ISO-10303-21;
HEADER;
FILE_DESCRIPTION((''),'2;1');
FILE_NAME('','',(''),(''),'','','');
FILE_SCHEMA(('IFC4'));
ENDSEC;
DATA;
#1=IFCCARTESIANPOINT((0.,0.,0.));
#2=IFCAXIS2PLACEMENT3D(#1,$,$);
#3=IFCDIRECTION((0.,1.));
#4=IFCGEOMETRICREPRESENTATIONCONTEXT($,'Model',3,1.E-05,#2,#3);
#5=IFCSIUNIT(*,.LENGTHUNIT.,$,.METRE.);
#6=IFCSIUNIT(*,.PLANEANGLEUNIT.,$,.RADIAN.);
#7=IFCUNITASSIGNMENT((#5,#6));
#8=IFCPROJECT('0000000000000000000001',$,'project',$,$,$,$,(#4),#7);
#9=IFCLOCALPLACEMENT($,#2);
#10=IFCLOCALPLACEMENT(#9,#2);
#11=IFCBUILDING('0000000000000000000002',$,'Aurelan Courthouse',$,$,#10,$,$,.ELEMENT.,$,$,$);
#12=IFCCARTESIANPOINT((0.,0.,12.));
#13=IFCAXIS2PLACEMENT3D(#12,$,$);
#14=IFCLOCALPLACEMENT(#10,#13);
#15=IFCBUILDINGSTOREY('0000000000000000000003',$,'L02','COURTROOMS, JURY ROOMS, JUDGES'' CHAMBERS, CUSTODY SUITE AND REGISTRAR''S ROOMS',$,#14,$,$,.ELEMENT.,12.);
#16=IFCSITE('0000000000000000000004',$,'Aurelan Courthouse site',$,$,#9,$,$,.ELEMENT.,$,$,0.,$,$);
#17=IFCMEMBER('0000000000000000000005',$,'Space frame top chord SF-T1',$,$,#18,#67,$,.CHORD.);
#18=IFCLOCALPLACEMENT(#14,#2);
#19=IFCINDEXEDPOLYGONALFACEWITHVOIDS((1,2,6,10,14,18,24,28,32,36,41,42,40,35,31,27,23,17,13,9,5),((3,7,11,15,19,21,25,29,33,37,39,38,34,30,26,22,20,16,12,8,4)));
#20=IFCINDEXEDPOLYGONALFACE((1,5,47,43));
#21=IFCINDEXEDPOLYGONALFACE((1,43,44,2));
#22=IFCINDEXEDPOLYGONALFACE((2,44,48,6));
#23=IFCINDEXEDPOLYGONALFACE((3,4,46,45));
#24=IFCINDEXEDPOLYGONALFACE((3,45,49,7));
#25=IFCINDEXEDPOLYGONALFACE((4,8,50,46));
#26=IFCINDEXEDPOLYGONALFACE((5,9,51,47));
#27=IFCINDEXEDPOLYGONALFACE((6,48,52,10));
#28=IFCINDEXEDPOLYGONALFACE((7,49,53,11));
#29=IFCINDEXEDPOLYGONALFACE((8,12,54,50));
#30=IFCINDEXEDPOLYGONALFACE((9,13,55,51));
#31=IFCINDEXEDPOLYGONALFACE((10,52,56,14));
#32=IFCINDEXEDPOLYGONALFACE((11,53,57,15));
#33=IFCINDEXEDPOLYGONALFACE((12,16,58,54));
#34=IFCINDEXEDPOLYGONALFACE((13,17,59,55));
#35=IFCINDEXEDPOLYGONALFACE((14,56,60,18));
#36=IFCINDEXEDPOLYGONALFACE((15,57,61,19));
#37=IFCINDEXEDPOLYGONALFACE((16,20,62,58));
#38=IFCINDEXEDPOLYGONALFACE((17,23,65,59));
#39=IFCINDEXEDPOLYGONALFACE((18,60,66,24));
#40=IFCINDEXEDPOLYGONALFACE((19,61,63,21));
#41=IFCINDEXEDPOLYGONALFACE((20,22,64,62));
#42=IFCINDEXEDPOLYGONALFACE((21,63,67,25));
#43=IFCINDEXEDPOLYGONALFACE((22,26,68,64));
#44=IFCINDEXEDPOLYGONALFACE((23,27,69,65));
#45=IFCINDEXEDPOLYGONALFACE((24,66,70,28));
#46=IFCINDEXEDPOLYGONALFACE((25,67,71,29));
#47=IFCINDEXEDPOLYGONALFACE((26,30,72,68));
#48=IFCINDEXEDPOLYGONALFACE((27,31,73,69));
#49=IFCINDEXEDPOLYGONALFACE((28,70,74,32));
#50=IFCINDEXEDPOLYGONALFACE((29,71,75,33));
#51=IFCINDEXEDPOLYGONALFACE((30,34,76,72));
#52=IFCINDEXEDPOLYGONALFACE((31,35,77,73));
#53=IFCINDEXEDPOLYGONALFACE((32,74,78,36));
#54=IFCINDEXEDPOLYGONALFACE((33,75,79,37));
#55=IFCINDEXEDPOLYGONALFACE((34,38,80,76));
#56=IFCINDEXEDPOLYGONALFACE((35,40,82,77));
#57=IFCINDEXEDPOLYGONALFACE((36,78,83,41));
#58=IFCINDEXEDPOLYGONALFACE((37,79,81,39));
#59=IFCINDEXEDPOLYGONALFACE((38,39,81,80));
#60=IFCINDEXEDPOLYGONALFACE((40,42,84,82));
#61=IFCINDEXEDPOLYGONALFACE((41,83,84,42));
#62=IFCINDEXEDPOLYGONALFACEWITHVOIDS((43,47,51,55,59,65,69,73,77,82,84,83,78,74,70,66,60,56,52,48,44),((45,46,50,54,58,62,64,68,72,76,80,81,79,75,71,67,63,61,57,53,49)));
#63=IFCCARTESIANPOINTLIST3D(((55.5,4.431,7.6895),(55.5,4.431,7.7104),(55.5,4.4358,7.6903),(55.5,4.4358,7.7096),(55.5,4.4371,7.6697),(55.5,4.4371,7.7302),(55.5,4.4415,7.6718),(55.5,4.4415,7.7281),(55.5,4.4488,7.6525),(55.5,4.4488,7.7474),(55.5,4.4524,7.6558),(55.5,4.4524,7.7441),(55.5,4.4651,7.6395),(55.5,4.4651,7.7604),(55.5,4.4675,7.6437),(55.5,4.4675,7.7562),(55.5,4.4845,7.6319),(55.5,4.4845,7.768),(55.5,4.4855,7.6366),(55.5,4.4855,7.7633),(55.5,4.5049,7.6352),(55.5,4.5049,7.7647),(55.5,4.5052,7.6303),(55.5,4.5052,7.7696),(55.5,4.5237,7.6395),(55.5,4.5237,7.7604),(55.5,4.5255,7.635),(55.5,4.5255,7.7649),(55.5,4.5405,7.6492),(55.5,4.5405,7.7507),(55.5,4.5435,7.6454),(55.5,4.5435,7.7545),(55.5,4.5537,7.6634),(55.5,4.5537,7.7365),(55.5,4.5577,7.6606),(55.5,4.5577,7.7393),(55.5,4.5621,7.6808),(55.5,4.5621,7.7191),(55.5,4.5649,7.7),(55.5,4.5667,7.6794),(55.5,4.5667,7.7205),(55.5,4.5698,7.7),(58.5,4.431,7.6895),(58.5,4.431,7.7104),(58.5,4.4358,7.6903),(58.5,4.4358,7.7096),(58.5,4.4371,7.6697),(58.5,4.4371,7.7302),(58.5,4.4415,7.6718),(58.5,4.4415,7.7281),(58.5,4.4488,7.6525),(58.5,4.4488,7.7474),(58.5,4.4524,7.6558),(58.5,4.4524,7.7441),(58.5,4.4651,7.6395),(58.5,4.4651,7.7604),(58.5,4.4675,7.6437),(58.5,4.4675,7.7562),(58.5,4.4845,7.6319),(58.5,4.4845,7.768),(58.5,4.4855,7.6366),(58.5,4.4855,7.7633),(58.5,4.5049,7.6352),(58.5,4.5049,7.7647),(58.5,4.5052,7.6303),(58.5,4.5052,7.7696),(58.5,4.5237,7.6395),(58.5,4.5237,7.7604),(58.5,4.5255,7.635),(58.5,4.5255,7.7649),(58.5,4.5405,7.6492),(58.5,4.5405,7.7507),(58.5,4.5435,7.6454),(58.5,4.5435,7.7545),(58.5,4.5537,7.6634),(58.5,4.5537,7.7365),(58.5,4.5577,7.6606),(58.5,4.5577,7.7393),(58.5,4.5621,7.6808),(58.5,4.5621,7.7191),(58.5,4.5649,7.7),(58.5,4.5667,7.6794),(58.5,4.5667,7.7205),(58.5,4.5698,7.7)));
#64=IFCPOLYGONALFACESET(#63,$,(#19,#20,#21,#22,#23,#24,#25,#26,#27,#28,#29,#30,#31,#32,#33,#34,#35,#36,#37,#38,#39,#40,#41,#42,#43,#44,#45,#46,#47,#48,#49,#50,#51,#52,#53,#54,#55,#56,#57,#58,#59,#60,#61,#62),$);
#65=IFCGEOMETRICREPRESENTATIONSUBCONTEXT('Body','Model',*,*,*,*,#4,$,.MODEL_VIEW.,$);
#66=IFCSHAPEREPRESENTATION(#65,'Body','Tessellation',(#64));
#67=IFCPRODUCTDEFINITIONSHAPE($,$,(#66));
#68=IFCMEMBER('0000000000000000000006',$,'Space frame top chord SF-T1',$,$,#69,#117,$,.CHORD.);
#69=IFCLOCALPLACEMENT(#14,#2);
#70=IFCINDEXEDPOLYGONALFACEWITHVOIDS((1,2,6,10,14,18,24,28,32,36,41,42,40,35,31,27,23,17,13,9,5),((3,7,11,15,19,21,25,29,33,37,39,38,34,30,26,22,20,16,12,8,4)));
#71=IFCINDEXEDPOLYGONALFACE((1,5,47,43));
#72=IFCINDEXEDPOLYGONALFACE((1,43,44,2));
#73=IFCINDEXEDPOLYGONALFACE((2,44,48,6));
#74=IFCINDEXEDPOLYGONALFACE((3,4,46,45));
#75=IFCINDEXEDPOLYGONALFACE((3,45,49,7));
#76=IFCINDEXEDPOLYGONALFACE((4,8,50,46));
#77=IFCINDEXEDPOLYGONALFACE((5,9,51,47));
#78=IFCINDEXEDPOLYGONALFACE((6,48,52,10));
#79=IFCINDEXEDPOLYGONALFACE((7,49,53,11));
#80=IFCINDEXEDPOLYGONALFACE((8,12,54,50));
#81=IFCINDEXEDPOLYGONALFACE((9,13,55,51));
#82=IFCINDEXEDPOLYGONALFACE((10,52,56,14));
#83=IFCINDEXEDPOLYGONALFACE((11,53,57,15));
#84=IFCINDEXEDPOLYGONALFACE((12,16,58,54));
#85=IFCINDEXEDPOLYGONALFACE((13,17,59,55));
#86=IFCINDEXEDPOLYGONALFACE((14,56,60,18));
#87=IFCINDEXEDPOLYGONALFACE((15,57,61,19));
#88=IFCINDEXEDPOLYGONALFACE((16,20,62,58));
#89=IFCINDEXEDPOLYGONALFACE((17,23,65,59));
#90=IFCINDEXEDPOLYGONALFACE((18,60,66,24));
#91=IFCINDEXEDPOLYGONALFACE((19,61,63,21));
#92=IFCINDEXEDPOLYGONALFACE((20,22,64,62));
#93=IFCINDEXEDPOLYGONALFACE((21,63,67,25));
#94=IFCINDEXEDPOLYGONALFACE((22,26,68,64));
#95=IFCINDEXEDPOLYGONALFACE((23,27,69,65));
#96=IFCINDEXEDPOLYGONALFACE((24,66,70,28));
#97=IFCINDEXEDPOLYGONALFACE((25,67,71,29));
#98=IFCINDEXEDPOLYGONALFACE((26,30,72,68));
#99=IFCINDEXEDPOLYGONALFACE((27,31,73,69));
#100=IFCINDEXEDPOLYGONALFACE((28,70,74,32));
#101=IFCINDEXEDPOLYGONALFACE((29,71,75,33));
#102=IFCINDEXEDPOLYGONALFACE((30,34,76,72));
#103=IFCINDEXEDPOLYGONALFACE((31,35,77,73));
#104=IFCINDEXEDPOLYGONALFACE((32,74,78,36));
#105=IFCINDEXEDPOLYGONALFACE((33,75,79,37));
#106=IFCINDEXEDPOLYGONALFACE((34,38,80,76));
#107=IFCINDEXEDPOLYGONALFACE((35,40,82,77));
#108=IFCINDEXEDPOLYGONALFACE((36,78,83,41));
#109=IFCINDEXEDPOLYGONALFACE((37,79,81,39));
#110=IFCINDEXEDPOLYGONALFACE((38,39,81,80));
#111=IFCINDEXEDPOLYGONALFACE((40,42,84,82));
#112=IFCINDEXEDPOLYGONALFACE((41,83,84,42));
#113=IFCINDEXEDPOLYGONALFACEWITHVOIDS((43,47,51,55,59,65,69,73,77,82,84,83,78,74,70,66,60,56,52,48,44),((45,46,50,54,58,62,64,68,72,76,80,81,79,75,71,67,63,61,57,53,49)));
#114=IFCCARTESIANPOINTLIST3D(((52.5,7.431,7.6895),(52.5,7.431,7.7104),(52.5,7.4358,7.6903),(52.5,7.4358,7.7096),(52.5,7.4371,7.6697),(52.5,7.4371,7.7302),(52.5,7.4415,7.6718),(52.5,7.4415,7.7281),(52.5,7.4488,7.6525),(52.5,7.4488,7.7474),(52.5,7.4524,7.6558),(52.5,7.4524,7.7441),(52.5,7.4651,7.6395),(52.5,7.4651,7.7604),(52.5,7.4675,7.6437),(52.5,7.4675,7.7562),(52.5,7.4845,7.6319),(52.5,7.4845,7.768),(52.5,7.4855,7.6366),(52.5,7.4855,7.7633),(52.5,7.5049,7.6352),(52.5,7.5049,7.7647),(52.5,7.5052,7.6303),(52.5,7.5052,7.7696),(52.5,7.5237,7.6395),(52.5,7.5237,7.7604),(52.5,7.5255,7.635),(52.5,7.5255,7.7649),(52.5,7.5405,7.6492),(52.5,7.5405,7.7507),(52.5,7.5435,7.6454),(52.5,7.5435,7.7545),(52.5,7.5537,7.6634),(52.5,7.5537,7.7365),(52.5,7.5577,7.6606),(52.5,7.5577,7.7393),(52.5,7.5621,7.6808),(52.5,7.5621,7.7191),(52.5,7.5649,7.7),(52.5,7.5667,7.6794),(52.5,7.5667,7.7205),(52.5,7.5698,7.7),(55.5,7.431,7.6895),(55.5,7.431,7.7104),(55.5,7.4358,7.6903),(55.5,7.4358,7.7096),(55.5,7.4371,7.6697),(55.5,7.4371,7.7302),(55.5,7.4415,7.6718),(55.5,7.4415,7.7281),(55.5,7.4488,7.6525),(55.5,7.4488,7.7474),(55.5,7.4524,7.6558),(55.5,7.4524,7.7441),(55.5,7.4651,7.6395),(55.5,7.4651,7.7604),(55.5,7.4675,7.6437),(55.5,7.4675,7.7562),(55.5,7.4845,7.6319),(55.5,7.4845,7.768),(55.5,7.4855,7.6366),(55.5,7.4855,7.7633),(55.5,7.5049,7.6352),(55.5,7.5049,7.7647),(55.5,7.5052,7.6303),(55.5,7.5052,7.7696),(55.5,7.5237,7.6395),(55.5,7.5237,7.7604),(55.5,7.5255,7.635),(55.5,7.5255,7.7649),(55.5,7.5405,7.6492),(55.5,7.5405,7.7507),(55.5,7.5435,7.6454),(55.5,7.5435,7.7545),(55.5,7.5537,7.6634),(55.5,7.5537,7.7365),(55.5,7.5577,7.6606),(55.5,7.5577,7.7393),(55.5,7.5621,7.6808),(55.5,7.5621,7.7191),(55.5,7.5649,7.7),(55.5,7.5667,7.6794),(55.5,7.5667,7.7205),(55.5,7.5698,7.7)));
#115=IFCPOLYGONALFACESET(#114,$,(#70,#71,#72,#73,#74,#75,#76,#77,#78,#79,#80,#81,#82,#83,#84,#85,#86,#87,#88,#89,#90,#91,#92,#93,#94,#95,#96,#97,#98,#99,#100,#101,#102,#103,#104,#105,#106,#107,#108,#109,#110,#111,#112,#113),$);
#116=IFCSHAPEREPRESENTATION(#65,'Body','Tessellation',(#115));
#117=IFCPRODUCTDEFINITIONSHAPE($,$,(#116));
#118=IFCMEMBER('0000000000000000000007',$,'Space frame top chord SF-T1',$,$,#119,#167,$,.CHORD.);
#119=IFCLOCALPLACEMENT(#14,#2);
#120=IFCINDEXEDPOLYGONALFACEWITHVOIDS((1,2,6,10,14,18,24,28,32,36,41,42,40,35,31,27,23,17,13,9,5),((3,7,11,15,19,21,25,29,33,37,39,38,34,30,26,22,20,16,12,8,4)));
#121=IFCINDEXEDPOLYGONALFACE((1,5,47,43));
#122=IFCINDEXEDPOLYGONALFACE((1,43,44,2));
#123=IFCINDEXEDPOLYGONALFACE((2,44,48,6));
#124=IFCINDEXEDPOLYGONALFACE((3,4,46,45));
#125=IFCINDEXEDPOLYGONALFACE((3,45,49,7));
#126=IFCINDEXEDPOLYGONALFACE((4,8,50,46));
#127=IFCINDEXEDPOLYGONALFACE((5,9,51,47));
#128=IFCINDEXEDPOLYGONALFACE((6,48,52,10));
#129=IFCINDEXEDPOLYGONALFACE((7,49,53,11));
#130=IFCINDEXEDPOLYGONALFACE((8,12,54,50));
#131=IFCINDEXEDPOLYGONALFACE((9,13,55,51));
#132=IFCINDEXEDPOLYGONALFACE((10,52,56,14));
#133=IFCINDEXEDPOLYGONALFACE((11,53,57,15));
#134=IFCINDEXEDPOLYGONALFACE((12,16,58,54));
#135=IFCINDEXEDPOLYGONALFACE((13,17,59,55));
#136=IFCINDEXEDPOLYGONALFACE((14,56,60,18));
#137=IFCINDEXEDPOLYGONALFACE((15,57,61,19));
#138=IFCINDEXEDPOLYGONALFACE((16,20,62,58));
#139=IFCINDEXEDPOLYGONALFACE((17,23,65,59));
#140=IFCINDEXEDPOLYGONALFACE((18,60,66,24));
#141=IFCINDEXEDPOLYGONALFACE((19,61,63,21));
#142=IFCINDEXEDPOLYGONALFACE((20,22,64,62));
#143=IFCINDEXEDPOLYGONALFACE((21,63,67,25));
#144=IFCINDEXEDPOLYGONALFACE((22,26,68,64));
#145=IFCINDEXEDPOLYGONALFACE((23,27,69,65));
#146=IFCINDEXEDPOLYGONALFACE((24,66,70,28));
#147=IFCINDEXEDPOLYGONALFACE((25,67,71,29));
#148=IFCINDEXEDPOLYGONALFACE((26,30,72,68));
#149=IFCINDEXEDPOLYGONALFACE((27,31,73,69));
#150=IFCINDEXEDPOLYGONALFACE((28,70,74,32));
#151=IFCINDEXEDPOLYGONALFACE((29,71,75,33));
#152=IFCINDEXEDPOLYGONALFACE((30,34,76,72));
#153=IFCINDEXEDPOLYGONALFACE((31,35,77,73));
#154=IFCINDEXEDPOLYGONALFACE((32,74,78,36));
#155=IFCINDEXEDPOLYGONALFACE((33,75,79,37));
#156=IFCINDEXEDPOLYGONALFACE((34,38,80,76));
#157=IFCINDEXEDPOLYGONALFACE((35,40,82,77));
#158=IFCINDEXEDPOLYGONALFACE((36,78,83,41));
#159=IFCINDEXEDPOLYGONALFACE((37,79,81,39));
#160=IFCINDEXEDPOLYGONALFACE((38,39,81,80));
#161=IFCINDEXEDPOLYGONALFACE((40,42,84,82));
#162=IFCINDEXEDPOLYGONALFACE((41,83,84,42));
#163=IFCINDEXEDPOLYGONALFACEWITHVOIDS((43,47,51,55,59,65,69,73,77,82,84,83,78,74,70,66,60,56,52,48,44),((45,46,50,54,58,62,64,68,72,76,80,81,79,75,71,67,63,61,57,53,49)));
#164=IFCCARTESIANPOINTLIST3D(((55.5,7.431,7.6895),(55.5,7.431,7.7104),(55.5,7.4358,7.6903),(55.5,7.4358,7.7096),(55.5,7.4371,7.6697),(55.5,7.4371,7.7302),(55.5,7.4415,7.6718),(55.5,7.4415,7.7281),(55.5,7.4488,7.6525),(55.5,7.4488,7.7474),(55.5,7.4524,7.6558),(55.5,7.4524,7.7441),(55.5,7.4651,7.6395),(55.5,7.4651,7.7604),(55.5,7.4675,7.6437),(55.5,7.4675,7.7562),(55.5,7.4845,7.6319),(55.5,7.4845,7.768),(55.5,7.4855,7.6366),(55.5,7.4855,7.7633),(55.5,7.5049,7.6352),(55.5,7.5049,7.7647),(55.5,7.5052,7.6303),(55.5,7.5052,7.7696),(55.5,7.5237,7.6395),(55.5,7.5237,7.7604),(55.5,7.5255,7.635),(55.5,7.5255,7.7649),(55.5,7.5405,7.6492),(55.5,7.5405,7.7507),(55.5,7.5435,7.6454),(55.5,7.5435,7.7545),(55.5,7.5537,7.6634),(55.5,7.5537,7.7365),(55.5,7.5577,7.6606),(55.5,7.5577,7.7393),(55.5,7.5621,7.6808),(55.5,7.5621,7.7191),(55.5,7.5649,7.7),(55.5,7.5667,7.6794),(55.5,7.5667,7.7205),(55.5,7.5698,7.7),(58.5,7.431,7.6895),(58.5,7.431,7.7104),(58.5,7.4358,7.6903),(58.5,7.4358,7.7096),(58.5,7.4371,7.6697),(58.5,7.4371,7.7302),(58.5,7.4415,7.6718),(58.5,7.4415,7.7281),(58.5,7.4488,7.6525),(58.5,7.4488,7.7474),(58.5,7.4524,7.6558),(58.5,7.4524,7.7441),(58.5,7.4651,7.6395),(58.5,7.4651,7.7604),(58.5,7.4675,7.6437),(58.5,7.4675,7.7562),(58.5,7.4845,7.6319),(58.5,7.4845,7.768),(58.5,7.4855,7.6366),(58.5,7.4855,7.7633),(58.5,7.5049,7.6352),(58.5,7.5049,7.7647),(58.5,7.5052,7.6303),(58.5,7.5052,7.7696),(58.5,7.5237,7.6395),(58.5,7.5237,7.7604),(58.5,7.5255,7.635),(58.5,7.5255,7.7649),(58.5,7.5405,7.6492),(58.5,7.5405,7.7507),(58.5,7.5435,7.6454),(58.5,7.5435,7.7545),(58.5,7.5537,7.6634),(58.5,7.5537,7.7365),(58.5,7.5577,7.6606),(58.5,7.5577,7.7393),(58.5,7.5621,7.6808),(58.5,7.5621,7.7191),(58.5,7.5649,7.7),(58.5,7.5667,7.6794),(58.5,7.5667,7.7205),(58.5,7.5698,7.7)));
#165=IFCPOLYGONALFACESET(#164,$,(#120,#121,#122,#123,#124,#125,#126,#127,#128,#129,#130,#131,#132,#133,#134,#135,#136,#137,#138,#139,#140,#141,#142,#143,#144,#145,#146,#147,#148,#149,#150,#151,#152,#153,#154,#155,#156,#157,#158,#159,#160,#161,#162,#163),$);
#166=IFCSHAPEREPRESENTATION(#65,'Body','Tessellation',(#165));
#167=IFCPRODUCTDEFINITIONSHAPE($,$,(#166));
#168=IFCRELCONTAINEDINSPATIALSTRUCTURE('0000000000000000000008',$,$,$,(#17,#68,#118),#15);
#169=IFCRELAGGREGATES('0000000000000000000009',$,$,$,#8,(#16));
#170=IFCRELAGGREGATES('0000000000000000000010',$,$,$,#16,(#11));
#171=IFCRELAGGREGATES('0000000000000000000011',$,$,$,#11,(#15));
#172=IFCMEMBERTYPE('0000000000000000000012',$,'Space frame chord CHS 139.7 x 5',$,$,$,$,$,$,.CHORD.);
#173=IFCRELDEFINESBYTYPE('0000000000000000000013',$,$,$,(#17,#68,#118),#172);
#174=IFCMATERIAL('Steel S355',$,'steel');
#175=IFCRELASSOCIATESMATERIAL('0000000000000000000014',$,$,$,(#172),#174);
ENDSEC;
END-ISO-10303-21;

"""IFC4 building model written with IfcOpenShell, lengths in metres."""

from ifc_helpers import new_model, si_unit, direction, frame, origin, origin_2d, place, context, subcontext, project, spatial, hollow_circle, extrude, material, material_profile, profile_set, type_object, element, save


model = new_model("IFC4")

# Units and contexts
model_context = context("Model", 3, precision=1e-05, world=origin(), true_north=direction((0.0, 1.0)))
body_context = subcontext(model_context, "Body", "Model", "MODEL_VIEW")
ifc_project = project(units=[si_unit("LENGTHUNIT", "METRE"), si_unit("PLANEANGLEUNIT", "RADIAN")], contexts=[model_context])

# Site, building, storey
site_placement = place(None, origin())
site = spatial("IfcSite", under=ifc_project, at=site_placement, Name="Aurelan Courthouse site", CompositionType="ELEMENT", RefElevation=0.0)
building_placement = place(site_placement, origin())
building = spatial("IfcBuilding", under=site, at=building_placement, Name="Aurelan Courthouse", CompositionType="ELEMENT")
storey_placement = place(building_placement, frame((0.0, 0.0, 12.0)))
storey = spatial("IfcBuildingStorey", under=building, at=storey_placement, Name="L02", Description="COURTROOMS, JURY ROOMS, JUDGES' CHAMBERS, CUSTODY SUITE AND REGISTRAR'S ROOMS", CompositionType="ELEMENT", Elevation=12.0)

# Members
ifc_material_1 = material(Name="Steel S355", Category="steel")
ifc_material_profile_1 = material_profile(ifc_material_1, hollow_circle(Radius=0.0698, WallThickness=0.0049, at=origin_2d()), Name="CHS 139.7 x 5")
ifc_profile_set_1 = profile_set([ifc_material_profile_1], Name="Steel S355")
member_type_1 = type_object("IfcMemberType", Name="Space frame chord CHS 139.7 x 5", PredefinedType="CHORD", material=ifc_profile_set_1)
for number, where, z_axis, x_axis, name in (
    (1, (55.5, 4.5, 7.7), (1.0, 0.0, 0.0), (0.0, 1.0, 0.0), "Space frame top chord SF-T1"),
    (2, (52.5, 7.5, 7.7), (1.0, 0.0, 0.0), (0.0, 1.0, 0.0), "Space frame top chord SF-T1"),
    (3, (55.5, 7.5, 7.7), (1.0, 0.0, 0.0), (0.0, 1.0, 0.0), "Space frame top chord SF-T1"),
):
    element("IfcMember", number, at=place(storey_placement, frame(where, z_axis=z_axis, x_axis=x_axis)), inside=storey, type_object=member_type_1, Name=name, PredefinedType="CHORD", context=body_context, shape_type="SweptSolid", body=[
        extrude(hollow_circle(Radius=0.0698, WallThickness=0.0049, at=origin_2d()), origin(), (0.0, 0.0, 1.0), 3.0),
    ])

save(model, "model.ifc")
